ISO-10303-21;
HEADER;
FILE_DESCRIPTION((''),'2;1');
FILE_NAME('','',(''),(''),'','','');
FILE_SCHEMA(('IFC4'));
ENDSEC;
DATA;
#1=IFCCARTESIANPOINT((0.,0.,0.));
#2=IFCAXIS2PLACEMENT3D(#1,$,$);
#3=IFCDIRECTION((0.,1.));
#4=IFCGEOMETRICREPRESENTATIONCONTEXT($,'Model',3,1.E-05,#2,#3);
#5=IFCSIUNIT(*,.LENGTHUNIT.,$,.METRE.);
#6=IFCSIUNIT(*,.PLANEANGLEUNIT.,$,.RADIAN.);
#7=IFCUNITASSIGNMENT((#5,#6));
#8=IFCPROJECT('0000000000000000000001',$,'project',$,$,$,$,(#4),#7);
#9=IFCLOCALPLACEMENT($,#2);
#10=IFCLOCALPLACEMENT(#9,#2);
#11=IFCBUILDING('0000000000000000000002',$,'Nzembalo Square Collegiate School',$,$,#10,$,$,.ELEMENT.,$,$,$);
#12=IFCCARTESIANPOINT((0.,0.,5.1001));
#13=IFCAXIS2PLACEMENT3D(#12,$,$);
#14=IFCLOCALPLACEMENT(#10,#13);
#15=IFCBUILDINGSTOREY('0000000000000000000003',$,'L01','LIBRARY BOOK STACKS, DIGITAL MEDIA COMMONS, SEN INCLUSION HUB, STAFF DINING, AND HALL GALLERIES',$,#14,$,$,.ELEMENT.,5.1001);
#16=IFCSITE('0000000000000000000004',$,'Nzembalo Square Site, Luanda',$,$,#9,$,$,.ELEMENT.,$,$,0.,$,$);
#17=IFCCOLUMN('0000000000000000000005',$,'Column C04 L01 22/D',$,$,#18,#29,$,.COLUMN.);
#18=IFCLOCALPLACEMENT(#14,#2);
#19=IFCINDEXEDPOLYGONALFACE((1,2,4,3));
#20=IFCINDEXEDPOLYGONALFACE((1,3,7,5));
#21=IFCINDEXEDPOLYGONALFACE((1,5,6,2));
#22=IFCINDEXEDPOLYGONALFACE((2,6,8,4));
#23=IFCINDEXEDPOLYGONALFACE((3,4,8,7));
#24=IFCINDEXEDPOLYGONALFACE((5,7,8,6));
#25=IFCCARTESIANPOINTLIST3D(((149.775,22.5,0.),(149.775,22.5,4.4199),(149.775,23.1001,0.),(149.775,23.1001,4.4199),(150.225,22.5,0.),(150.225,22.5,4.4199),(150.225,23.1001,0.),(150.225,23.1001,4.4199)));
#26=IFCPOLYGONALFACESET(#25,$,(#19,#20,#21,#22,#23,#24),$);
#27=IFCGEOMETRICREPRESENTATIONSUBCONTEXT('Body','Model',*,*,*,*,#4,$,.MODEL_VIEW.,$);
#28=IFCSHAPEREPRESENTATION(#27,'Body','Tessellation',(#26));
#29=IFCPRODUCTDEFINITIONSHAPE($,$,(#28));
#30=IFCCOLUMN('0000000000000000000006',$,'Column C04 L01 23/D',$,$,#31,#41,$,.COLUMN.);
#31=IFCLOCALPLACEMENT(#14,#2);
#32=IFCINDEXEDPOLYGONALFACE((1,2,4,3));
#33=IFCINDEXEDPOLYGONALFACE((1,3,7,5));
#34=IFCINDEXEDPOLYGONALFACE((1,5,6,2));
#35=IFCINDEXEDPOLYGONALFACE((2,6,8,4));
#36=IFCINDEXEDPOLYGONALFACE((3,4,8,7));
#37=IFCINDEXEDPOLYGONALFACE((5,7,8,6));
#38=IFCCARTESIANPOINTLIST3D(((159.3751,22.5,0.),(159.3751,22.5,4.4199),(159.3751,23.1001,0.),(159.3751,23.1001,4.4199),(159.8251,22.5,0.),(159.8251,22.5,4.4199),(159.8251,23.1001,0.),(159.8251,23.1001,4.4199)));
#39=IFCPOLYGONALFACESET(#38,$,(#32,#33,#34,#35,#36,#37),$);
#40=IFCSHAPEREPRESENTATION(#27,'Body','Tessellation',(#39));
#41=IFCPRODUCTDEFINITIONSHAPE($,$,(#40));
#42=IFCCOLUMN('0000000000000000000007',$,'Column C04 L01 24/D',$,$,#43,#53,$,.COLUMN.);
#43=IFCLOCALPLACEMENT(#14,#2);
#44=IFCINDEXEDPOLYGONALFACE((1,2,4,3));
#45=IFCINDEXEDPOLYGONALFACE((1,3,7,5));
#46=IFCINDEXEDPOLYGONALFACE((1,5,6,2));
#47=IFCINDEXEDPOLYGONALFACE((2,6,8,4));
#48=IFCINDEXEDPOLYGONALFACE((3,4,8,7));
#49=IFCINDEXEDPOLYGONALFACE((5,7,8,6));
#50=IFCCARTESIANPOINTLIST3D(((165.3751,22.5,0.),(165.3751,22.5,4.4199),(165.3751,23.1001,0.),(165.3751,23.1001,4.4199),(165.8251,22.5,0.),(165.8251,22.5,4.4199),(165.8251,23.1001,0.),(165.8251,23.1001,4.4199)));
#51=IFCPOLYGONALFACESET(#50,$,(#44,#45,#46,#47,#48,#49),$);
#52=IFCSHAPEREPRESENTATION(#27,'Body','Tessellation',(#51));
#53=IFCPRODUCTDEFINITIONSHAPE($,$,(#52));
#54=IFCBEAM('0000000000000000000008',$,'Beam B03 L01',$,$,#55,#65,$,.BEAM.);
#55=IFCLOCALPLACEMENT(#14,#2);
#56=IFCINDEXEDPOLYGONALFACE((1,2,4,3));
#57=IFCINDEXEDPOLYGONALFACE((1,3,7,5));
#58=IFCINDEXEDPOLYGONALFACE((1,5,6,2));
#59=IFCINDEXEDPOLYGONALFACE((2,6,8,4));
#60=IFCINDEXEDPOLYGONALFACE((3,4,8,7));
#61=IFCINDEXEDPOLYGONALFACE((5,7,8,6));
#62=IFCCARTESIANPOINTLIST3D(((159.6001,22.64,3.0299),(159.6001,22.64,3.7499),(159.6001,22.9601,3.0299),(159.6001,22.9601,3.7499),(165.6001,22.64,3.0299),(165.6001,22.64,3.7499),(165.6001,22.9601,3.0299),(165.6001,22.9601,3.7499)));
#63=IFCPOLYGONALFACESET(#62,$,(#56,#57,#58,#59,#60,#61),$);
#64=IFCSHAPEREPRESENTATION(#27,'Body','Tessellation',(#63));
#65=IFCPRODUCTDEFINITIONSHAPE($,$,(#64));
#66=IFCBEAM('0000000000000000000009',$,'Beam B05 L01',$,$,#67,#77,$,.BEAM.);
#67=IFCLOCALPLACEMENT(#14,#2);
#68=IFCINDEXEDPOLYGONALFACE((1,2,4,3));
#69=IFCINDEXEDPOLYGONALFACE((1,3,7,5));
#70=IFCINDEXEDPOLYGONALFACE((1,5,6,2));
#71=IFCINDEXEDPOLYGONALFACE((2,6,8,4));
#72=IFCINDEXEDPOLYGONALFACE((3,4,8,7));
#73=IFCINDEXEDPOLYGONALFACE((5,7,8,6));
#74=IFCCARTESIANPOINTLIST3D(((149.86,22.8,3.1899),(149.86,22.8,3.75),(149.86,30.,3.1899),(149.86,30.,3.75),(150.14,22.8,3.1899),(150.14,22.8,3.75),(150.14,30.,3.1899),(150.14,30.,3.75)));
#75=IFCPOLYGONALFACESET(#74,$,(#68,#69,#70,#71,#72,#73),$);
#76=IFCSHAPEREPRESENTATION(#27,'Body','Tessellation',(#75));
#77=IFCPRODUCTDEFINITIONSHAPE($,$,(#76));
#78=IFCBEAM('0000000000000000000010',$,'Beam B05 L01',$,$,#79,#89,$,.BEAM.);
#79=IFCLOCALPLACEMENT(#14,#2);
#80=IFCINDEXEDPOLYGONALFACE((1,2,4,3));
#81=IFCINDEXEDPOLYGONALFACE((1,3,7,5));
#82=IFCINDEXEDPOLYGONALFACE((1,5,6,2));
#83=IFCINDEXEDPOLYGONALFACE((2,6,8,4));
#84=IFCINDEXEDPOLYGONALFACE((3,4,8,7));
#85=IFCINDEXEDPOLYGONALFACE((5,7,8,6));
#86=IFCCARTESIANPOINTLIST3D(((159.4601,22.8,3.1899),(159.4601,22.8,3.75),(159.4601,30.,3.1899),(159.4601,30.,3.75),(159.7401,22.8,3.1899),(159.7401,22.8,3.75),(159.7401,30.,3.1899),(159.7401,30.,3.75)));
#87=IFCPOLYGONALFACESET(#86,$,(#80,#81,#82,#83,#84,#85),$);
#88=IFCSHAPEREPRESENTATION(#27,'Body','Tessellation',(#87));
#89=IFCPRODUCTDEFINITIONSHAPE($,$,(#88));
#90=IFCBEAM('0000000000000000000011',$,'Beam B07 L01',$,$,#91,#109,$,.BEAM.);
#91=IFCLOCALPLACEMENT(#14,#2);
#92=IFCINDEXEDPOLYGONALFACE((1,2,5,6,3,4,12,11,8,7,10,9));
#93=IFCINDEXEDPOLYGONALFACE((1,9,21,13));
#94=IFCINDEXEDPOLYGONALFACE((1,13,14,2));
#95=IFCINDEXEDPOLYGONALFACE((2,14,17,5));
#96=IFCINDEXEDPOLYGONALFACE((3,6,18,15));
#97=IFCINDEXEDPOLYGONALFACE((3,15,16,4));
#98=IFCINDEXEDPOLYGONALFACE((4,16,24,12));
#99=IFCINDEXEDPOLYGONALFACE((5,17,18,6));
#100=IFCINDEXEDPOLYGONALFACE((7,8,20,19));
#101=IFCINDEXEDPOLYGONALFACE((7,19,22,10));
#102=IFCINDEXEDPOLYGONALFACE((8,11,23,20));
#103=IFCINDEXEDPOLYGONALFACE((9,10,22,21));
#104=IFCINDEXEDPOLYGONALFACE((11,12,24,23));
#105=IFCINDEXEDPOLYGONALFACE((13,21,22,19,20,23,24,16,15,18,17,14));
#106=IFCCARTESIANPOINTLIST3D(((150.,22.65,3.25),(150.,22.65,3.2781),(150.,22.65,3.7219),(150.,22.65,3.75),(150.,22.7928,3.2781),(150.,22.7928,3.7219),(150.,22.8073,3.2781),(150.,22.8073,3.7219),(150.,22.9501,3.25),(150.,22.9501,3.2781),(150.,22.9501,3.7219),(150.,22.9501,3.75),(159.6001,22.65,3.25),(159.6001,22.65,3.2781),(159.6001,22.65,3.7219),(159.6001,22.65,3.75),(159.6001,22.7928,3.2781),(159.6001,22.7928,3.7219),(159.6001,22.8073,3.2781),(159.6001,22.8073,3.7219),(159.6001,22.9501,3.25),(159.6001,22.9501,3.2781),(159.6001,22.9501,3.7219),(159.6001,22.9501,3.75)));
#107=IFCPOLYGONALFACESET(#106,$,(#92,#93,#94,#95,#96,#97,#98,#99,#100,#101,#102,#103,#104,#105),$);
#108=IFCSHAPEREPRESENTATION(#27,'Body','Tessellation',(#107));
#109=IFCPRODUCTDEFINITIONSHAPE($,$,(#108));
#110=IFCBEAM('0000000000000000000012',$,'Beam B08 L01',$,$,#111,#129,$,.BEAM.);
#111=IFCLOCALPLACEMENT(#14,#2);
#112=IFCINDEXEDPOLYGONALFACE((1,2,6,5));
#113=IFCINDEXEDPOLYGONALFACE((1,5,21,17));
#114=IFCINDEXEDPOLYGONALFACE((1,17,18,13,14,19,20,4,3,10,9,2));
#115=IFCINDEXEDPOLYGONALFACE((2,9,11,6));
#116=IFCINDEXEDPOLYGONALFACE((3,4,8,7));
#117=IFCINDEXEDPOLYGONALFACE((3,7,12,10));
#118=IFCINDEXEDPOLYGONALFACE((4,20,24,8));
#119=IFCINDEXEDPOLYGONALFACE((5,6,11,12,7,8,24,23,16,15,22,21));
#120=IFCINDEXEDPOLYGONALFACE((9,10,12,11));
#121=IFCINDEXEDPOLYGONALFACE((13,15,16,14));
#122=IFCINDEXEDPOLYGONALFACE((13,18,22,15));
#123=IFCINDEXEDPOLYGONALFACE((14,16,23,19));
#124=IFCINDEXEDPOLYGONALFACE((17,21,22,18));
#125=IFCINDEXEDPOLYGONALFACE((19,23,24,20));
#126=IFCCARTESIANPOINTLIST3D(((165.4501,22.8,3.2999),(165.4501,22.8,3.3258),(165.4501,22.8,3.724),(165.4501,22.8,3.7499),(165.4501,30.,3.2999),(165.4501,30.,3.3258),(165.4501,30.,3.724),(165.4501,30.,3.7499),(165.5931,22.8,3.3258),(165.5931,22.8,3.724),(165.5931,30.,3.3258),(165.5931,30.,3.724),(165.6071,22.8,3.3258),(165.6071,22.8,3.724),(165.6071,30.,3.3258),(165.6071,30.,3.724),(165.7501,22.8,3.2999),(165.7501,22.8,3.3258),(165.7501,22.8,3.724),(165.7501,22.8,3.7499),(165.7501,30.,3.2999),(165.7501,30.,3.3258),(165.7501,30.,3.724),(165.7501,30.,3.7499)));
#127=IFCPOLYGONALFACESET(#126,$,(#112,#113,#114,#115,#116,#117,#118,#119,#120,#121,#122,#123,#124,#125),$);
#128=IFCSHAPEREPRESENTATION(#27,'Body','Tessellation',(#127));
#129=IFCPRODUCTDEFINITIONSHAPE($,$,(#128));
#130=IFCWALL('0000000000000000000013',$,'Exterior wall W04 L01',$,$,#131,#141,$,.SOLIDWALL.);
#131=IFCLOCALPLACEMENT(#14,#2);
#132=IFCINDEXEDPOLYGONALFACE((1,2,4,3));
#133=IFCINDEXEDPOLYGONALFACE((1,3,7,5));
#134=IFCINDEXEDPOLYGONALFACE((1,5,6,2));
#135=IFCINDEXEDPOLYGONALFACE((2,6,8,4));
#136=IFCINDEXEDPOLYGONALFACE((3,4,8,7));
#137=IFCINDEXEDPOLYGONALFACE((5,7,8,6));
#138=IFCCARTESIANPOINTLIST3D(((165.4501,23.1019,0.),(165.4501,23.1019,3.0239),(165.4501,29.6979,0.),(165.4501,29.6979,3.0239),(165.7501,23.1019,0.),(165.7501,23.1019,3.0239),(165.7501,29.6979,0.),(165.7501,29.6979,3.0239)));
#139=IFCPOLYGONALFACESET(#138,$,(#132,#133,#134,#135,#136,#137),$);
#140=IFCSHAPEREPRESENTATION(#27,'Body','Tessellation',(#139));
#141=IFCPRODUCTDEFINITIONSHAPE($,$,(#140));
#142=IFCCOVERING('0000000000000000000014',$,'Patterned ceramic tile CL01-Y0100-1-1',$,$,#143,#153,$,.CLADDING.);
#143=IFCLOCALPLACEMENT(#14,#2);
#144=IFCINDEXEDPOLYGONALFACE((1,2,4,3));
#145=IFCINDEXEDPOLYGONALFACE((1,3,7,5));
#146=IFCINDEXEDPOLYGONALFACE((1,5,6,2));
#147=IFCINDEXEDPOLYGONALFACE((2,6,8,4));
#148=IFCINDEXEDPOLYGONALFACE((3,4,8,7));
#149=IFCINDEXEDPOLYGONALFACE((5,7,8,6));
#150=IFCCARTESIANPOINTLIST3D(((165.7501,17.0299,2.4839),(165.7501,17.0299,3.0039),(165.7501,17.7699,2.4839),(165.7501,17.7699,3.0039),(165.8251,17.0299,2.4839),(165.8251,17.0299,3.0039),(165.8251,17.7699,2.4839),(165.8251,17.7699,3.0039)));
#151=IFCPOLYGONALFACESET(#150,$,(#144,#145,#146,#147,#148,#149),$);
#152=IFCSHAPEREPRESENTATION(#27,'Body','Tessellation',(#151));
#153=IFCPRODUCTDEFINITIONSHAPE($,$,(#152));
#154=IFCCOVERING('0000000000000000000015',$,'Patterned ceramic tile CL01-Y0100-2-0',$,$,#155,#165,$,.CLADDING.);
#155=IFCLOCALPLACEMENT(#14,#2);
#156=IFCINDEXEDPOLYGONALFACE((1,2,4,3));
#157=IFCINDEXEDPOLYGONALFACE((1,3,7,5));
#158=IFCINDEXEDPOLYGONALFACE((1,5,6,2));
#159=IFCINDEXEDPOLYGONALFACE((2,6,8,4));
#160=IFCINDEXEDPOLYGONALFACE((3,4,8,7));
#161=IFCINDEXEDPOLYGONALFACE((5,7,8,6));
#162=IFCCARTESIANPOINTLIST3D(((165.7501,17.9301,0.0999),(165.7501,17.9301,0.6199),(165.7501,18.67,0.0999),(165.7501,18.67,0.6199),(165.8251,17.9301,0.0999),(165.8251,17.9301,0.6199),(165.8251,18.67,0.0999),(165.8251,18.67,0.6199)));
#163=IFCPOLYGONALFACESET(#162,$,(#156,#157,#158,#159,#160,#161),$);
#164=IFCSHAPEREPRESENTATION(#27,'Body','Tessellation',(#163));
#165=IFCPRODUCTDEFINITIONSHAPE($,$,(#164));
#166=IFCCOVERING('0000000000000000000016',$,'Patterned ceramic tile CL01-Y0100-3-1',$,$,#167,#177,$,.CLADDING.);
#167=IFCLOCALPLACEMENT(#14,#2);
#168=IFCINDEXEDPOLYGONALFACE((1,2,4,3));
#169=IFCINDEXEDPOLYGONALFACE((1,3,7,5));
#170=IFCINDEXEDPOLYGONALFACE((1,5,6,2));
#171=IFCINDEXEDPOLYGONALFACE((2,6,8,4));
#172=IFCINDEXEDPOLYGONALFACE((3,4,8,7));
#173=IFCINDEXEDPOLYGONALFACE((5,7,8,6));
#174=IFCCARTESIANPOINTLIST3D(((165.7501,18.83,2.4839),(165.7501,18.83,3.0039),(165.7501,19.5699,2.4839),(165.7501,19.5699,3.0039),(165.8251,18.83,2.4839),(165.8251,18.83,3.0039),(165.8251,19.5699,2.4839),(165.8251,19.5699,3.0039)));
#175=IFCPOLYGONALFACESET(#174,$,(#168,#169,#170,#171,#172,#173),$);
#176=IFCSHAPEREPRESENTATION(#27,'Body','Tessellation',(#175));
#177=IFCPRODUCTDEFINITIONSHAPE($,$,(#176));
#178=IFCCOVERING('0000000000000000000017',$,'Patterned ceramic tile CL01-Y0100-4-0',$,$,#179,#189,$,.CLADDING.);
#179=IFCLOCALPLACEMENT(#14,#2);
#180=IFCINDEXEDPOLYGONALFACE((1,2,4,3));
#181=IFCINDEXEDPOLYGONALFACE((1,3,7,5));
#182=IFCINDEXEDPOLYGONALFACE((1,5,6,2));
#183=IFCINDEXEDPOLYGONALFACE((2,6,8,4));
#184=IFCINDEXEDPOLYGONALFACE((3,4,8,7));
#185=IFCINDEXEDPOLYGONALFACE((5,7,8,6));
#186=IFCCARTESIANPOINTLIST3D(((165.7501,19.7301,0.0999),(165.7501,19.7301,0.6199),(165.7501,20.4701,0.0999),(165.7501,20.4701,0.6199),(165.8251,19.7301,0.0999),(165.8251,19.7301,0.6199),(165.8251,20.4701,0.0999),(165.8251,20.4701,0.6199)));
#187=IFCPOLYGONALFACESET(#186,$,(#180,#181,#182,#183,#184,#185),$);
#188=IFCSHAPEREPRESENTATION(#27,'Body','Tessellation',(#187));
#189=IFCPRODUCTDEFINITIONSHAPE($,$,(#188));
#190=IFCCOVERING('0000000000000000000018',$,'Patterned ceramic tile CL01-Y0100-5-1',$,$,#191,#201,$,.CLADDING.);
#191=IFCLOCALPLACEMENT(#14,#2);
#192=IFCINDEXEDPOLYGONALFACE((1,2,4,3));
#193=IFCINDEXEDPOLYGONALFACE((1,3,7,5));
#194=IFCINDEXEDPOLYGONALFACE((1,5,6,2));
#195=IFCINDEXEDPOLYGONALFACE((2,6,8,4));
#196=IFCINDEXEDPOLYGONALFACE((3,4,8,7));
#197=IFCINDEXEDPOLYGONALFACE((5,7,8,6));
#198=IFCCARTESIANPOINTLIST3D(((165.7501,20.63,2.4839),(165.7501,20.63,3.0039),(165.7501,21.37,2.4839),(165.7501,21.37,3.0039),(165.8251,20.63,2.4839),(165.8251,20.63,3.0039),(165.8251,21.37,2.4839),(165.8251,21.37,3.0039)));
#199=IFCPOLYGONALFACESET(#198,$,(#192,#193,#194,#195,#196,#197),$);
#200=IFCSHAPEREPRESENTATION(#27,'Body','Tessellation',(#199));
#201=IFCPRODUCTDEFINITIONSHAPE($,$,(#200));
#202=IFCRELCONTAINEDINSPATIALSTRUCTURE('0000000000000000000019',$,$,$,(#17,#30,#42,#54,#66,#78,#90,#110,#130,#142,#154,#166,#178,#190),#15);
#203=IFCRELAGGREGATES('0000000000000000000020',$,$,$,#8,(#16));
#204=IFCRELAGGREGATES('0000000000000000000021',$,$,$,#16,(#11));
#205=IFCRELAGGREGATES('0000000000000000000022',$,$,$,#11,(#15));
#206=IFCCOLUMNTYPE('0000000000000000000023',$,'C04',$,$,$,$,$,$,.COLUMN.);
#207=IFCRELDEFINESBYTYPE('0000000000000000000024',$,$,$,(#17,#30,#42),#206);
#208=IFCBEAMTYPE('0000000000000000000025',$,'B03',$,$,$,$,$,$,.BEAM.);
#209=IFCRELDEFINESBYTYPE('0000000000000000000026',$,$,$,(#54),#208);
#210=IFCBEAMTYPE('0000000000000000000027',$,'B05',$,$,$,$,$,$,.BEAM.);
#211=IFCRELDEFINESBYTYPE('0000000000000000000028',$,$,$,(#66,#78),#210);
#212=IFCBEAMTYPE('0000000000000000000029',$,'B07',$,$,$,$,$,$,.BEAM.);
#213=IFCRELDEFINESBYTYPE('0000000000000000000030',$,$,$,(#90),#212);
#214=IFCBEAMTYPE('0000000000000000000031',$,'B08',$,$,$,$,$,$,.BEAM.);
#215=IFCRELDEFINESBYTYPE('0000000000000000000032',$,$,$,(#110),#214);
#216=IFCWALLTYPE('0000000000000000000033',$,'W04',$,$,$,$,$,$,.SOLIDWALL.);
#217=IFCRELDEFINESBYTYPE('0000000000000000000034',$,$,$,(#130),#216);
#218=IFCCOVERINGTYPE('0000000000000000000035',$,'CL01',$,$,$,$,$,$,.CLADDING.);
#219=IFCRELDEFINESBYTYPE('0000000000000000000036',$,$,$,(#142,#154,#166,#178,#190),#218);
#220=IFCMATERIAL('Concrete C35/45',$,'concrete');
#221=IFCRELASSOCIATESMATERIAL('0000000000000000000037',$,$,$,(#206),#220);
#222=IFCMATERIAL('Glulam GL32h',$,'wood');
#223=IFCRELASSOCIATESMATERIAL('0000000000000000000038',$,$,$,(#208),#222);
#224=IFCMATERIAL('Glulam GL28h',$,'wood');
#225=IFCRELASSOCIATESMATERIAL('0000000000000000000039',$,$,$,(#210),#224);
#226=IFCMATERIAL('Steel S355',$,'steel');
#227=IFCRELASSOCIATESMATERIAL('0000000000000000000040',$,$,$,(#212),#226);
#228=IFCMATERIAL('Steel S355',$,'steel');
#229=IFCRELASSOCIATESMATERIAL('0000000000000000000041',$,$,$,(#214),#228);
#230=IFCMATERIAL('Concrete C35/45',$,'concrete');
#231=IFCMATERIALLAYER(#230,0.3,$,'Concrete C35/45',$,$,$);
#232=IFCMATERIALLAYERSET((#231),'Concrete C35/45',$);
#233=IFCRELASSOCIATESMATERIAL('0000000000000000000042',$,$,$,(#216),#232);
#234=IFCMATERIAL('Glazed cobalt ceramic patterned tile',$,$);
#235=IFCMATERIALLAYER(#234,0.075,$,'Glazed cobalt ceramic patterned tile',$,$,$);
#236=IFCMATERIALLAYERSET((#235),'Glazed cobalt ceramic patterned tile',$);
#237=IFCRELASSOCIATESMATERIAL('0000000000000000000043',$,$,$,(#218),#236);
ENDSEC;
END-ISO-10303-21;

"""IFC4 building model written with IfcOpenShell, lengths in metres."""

from ifc_helpers import new_model, si_unit, direction, frame, frame_2d, origin, origin_2d, place, context, subcontext, project, spatial, rectangle, i_section, extrude, material, layer, layer_set, material_profile, profile_set, type_object, element, save


model = new_model("IFC4")

# Units and contexts
model_context = context("Model", 3, precision=1e-05, world=origin(), true_north=direction((0.0, 1.0)))
body_context = subcontext(model_context, "Body", "Model", "MODEL_VIEW")
ifc_project = project(units=[si_unit("LENGTHUNIT", "METRE"), si_unit("PLANEANGLEUNIT", "RADIAN")], contexts=[model_context])

# Site, building, storey
site_placement = place(None, origin())
site = spatial("IfcSite", under=ifc_project, at=site_placement, Name="Nzembalo Square Site, Luanda", CompositionType="ELEMENT", RefElevation=0.0)
building_placement = place(site_placement, origin())
building = spatial("IfcBuilding", under=site, at=building_placement, Name="Nzembalo Square Collegiate School", CompositionType="ELEMENT")
storey_placement = place(building_placement, frame((0.0, 0.0, 5.1001)))
storey = spatial("IfcBuildingStorey", under=building, at=storey_placement, Name="L01", Description="LIBRARY BOOK STACKS, DIGITAL MEDIA COMMONS, SEN INCLUSION HUB, STAFF DINING, AND HALL GALLERIES", CompositionType="ELEMENT", Elevation=5.1001)

# Columns
ifc_material_1 = material(Name="Concrete C35/45", Category="concrete")
ifc_material_profile_1 = material_profile(ifc_material_1, rectangle(XDim=0.45, YDim=0.6001, at=origin_2d()), Name="RC 450x600")
ifc_profile_set_1 = profile_set([ifc_material_profile_1], Name="Concrete C35/45")
column_type = type_object("IfcColumnType", Name="C04", PredefinedType="COLUMN", material=ifc_profile_set_1)
for number, where, z_axis, x_axis, name in (
    (1, (150.0, 22.8, 0.0), (0.0, 0.0, 1.0), (1.0, 0.0, 0.0), "Column C04 L01 22/D"),
    (2, (159.6001, 22.8, 0.0), (0.0, 0.0, 1.0), (1.0, 0.0, 0.0), "Column C04 L01 23/D"),
    (3, (165.6001, 22.8, 0.0), (0.0, 0.0, 1.0), (1.0, 0.0, 0.0), "Column C04 L01 24/D"),
):
    element("IfcColumn", number, at=place(storey_placement, frame(where, z_axis=z_axis, x_axis=x_axis)), inside=storey, type_object=column_type, Name=name, PredefinedType="COLUMN", context=body_context, shape_type="SweptSolid", body=[
        extrude(rectangle(XDim=0.45, YDim=0.6001, at=origin_2d()), origin(), (0.0, 0.0, 1.0), 4.4199),
    ])

# Beams
ifc_material_2 = material(Name="Glulam GL32h", Category="wood")
ifc_material_profile_2 = material_profile(ifc_material_2, rectangle(XDim=0.3201, YDim=0.72, at=origin_2d()), Name="GL32h 320x720")
ifc_profile_set_2 = profile_set([ifc_material_profile_2], Name="Glulam GL32h")
beam_type_1 = type_object("IfcBeamType", Name="B03", PredefinedType="BEAM", material=ifc_profile_set_2)
beam_1_placement = place(storey_placement, frame((159.6001, 22.8, 3.3899), z_axis=(1.0, 0.0, 0.0), x_axis=(0.0, 1.0, 0.0)))
element("IfcBeam", 4, at=beam_1_placement, inside=storey, type_object=beam_type_1, Name="Beam B03 L01", PredefinedType="BEAM", context=body_context, shape_type="SweptSolid", body=[
    extrude(rectangle(XDim=0.3201, YDim=0.72, at=origin_2d()), origin(), (0.0, 0.0, 1.0), 6.0),
])
ifc_material_3 = material(Name="Glulam GL28h", Category="wood")
ifc_material_profile_3 = material_profile(ifc_material_3, rectangle(XDim=0.28, YDim=0.5601, at=origin_2d()), Name="GL28h 280x560")
ifc_profile_set_3 = profile_set([ifc_material_profile_3], Name="Glulam GL28h")
beam_type_2 = type_object("IfcBeamType", Name="B05", PredefinedType="BEAM", material=ifc_profile_set_3)
for number, where, z_axis, x_axis, name in (
    (5, (150.0, 22.8, 3.47), (0.0, 1.0, 0.0), (-1.0, 0.0, 0.0), "Beam B05 L01"),
    (6, (159.6001, 22.8, 3.47), (0.0, 1.0, 0.0), (-1.0, 0.0, 0.0), "Beam B05 L01"),
):
    element("IfcBeam", number, at=place(storey_placement, frame(where, z_axis=z_axis, x_axis=x_axis)), inside=storey, type_object=beam_type_2, Name=name, PredefinedType="BEAM", context=body_context, shape_type="SweptSolid", body=[
        extrude(rectangle(XDim=0.28, YDim=0.5601, at=origin_2d()), origin(), (0.0, 0.0, 1.0), 7.2),
    ])
ifc_material_4 = material(Name="Steel S355", Category="steel")
ifc_material_profile_4 = material_profile(ifc_material_4, i_section(OverallWidth=0.3, OverallDepth=0.5, WebThickness=0.0144, FlangeThickness=0.0281, at=origin_2d()), Name="HEB 500")
ifc_profile_set_4 = profile_set([ifc_material_profile_4], Name="Steel S355")
beam_type_3 = type_object("IfcBeamType", Name="B07", PredefinedType="BEAM", material=ifc_profile_set_4)
beam_2_placement = place(storey_placement, frame((150.0, 22.8, 3.5), z_axis=(1.0, 0.0, 0.0), x_axis=(0.0, 1.0, 0.0)))
element("IfcBeam", 7, at=beam_2_placement, inside=storey, type_object=beam_type_3, Name="Beam B07 L01", PredefinedType="BEAM", context=body_context, shape_type="SweptSolid", body=[
    extrude(i_section(OverallWidth=0.3, OverallDepth=0.5, WebThickness=0.0144, FlangeThickness=0.0281, at=origin_2d()), origin(), (0.0, 0.0, 1.0), 9.6001),
])
ifc_material_5 = material(Name="Steel S355", Category="steel")
ifc_material_profile_5 = material_profile(ifc_material_5, i_section(OverallWidth=0.3, OverallDepth=0.45, WebThickness=0.0139, FlangeThickness=0.0259, at=origin_2d()), Name="HEB 450")
ifc_profile_set_5 = profile_set([ifc_material_profile_5], Name="Steel S355")
beam_type_4 = type_object("IfcBeamType", Name="B08", PredefinedType="BEAM", material=ifc_profile_set_5)
beam_3_placement = place(storey_placement, frame((165.6001, 22.8, 3.5249), z_axis=(0.0, 1.0, 0.0), x_axis=(-1.0, 0.0, 0.0)))
element("IfcBeam", 8, at=beam_3_placement, inside=storey, type_object=beam_type_4, Name="Beam B08 L01", PredefinedType="BEAM", context=body_context, shape_type="SweptSolid", body=[
    extrude(i_section(OverallWidth=0.3, OverallDepth=0.45, WebThickness=0.0139, FlangeThickness=0.0259, at=origin_2d()), origin(), (0.0, 0.0, 1.0), 7.2),
])

# Wall
ifc_material_6 = material(Name="Concrete C35/45", Category="concrete")
ifc_layer_1 = layer(ifc_material_6, 0.3, Name="Concrete C35/45")
ifc_layer_set_1 = layer_set([ifc_layer_1], Name="Concrete C35/45")
wall_type = type_object("IfcWallType", Name="W04", PredefinedType="SOLIDWALL", material=ifc_layer_set_1)
wall_placement = place(storey_placement, frame((165.6001, 23.1021, 0.0), z_axis=(0.0, 0.0, 1.0), x_axis=(0.0, 1.0, 0.0)))
element("IfcWall", 9, at=wall_placement, inside=storey, type_object=wall_type, Name="Exterior wall W04 L01", PredefinedType="SOLIDWALL", context=body_context, shape_type="SweptSolid", body=[
    extrude(rectangle(XDim=6.5959, YDim=0.3, at=frame_2d((3.2979, 0.0))), origin(), (0.0, 0.0, 1.0), 3.0239),
])

# Coverings
ifc_material_7 = material(Name="Glazed cobalt ceramic patterned tile")
ifc_layer_2 = layer(ifc_material_7, 0.075, Name="Glazed cobalt ceramic patterned tile")
ifc_layer_set_2 = layer_set([ifc_layer_2], Name="Glazed cobalt ceramic patterned tile")
covering_type_1 = type_object("IfcCoveringType", Name="CL01", PredefinedType="CLADDING", material=ifc_layer_set_2)
for number, where, z_axis, x_axis, name in (
    (10, (165.7876, 17.3999, 2.4839), (0.0, 0.0, 1.0), (1.0, 0.0, 0.0), "Patterned ceramic tile CL01-Y0100-1-1"),
    (11, (165.7876, 18.3, 0.0999), (0.0, 0.0, 1.0), (1.0, 0.0, 0.0), "Patterned ceramic tile CL01-Y0100-2-0"),
    (12, (165.7876, 19.2, 2.4839), (0.0, 0.0, 1.0), (1.0, 0.0, 0.0), "Patterned ceramic tile CL01-Y0100-3-1"),
    (13, (165.7876, 20.1001, 0.0999), (0.0, 0.0, 1.0), (1.0, 0.0, 0.0), "Patterned ceramic tile CL01-Y0100-4-0"),
    (14, (165.7876, 21.0, 2.4839), (0.0, 0.0, 1.0), (1.0, 0.0, 0.0), "Patterned ceramic tile CL01-Y0100-5-1"),
):
    element("IfcCovering", number, at=place(storey_placement, frame(where, z_axis=z_axis, x_axis=x_axis)), inside=storey, type_object=covering_type_1, Name=name, PredefinedType="CLADDING", context=body_context, shape_type="SweptSolid", body=[
        extrude(rectangle(XDim=0.075, YDim=0.74, at=origin_2d()), origin(), (0.0, 0.0, 1.0), 0.52),
    ])

save(model, "model.ifc")
